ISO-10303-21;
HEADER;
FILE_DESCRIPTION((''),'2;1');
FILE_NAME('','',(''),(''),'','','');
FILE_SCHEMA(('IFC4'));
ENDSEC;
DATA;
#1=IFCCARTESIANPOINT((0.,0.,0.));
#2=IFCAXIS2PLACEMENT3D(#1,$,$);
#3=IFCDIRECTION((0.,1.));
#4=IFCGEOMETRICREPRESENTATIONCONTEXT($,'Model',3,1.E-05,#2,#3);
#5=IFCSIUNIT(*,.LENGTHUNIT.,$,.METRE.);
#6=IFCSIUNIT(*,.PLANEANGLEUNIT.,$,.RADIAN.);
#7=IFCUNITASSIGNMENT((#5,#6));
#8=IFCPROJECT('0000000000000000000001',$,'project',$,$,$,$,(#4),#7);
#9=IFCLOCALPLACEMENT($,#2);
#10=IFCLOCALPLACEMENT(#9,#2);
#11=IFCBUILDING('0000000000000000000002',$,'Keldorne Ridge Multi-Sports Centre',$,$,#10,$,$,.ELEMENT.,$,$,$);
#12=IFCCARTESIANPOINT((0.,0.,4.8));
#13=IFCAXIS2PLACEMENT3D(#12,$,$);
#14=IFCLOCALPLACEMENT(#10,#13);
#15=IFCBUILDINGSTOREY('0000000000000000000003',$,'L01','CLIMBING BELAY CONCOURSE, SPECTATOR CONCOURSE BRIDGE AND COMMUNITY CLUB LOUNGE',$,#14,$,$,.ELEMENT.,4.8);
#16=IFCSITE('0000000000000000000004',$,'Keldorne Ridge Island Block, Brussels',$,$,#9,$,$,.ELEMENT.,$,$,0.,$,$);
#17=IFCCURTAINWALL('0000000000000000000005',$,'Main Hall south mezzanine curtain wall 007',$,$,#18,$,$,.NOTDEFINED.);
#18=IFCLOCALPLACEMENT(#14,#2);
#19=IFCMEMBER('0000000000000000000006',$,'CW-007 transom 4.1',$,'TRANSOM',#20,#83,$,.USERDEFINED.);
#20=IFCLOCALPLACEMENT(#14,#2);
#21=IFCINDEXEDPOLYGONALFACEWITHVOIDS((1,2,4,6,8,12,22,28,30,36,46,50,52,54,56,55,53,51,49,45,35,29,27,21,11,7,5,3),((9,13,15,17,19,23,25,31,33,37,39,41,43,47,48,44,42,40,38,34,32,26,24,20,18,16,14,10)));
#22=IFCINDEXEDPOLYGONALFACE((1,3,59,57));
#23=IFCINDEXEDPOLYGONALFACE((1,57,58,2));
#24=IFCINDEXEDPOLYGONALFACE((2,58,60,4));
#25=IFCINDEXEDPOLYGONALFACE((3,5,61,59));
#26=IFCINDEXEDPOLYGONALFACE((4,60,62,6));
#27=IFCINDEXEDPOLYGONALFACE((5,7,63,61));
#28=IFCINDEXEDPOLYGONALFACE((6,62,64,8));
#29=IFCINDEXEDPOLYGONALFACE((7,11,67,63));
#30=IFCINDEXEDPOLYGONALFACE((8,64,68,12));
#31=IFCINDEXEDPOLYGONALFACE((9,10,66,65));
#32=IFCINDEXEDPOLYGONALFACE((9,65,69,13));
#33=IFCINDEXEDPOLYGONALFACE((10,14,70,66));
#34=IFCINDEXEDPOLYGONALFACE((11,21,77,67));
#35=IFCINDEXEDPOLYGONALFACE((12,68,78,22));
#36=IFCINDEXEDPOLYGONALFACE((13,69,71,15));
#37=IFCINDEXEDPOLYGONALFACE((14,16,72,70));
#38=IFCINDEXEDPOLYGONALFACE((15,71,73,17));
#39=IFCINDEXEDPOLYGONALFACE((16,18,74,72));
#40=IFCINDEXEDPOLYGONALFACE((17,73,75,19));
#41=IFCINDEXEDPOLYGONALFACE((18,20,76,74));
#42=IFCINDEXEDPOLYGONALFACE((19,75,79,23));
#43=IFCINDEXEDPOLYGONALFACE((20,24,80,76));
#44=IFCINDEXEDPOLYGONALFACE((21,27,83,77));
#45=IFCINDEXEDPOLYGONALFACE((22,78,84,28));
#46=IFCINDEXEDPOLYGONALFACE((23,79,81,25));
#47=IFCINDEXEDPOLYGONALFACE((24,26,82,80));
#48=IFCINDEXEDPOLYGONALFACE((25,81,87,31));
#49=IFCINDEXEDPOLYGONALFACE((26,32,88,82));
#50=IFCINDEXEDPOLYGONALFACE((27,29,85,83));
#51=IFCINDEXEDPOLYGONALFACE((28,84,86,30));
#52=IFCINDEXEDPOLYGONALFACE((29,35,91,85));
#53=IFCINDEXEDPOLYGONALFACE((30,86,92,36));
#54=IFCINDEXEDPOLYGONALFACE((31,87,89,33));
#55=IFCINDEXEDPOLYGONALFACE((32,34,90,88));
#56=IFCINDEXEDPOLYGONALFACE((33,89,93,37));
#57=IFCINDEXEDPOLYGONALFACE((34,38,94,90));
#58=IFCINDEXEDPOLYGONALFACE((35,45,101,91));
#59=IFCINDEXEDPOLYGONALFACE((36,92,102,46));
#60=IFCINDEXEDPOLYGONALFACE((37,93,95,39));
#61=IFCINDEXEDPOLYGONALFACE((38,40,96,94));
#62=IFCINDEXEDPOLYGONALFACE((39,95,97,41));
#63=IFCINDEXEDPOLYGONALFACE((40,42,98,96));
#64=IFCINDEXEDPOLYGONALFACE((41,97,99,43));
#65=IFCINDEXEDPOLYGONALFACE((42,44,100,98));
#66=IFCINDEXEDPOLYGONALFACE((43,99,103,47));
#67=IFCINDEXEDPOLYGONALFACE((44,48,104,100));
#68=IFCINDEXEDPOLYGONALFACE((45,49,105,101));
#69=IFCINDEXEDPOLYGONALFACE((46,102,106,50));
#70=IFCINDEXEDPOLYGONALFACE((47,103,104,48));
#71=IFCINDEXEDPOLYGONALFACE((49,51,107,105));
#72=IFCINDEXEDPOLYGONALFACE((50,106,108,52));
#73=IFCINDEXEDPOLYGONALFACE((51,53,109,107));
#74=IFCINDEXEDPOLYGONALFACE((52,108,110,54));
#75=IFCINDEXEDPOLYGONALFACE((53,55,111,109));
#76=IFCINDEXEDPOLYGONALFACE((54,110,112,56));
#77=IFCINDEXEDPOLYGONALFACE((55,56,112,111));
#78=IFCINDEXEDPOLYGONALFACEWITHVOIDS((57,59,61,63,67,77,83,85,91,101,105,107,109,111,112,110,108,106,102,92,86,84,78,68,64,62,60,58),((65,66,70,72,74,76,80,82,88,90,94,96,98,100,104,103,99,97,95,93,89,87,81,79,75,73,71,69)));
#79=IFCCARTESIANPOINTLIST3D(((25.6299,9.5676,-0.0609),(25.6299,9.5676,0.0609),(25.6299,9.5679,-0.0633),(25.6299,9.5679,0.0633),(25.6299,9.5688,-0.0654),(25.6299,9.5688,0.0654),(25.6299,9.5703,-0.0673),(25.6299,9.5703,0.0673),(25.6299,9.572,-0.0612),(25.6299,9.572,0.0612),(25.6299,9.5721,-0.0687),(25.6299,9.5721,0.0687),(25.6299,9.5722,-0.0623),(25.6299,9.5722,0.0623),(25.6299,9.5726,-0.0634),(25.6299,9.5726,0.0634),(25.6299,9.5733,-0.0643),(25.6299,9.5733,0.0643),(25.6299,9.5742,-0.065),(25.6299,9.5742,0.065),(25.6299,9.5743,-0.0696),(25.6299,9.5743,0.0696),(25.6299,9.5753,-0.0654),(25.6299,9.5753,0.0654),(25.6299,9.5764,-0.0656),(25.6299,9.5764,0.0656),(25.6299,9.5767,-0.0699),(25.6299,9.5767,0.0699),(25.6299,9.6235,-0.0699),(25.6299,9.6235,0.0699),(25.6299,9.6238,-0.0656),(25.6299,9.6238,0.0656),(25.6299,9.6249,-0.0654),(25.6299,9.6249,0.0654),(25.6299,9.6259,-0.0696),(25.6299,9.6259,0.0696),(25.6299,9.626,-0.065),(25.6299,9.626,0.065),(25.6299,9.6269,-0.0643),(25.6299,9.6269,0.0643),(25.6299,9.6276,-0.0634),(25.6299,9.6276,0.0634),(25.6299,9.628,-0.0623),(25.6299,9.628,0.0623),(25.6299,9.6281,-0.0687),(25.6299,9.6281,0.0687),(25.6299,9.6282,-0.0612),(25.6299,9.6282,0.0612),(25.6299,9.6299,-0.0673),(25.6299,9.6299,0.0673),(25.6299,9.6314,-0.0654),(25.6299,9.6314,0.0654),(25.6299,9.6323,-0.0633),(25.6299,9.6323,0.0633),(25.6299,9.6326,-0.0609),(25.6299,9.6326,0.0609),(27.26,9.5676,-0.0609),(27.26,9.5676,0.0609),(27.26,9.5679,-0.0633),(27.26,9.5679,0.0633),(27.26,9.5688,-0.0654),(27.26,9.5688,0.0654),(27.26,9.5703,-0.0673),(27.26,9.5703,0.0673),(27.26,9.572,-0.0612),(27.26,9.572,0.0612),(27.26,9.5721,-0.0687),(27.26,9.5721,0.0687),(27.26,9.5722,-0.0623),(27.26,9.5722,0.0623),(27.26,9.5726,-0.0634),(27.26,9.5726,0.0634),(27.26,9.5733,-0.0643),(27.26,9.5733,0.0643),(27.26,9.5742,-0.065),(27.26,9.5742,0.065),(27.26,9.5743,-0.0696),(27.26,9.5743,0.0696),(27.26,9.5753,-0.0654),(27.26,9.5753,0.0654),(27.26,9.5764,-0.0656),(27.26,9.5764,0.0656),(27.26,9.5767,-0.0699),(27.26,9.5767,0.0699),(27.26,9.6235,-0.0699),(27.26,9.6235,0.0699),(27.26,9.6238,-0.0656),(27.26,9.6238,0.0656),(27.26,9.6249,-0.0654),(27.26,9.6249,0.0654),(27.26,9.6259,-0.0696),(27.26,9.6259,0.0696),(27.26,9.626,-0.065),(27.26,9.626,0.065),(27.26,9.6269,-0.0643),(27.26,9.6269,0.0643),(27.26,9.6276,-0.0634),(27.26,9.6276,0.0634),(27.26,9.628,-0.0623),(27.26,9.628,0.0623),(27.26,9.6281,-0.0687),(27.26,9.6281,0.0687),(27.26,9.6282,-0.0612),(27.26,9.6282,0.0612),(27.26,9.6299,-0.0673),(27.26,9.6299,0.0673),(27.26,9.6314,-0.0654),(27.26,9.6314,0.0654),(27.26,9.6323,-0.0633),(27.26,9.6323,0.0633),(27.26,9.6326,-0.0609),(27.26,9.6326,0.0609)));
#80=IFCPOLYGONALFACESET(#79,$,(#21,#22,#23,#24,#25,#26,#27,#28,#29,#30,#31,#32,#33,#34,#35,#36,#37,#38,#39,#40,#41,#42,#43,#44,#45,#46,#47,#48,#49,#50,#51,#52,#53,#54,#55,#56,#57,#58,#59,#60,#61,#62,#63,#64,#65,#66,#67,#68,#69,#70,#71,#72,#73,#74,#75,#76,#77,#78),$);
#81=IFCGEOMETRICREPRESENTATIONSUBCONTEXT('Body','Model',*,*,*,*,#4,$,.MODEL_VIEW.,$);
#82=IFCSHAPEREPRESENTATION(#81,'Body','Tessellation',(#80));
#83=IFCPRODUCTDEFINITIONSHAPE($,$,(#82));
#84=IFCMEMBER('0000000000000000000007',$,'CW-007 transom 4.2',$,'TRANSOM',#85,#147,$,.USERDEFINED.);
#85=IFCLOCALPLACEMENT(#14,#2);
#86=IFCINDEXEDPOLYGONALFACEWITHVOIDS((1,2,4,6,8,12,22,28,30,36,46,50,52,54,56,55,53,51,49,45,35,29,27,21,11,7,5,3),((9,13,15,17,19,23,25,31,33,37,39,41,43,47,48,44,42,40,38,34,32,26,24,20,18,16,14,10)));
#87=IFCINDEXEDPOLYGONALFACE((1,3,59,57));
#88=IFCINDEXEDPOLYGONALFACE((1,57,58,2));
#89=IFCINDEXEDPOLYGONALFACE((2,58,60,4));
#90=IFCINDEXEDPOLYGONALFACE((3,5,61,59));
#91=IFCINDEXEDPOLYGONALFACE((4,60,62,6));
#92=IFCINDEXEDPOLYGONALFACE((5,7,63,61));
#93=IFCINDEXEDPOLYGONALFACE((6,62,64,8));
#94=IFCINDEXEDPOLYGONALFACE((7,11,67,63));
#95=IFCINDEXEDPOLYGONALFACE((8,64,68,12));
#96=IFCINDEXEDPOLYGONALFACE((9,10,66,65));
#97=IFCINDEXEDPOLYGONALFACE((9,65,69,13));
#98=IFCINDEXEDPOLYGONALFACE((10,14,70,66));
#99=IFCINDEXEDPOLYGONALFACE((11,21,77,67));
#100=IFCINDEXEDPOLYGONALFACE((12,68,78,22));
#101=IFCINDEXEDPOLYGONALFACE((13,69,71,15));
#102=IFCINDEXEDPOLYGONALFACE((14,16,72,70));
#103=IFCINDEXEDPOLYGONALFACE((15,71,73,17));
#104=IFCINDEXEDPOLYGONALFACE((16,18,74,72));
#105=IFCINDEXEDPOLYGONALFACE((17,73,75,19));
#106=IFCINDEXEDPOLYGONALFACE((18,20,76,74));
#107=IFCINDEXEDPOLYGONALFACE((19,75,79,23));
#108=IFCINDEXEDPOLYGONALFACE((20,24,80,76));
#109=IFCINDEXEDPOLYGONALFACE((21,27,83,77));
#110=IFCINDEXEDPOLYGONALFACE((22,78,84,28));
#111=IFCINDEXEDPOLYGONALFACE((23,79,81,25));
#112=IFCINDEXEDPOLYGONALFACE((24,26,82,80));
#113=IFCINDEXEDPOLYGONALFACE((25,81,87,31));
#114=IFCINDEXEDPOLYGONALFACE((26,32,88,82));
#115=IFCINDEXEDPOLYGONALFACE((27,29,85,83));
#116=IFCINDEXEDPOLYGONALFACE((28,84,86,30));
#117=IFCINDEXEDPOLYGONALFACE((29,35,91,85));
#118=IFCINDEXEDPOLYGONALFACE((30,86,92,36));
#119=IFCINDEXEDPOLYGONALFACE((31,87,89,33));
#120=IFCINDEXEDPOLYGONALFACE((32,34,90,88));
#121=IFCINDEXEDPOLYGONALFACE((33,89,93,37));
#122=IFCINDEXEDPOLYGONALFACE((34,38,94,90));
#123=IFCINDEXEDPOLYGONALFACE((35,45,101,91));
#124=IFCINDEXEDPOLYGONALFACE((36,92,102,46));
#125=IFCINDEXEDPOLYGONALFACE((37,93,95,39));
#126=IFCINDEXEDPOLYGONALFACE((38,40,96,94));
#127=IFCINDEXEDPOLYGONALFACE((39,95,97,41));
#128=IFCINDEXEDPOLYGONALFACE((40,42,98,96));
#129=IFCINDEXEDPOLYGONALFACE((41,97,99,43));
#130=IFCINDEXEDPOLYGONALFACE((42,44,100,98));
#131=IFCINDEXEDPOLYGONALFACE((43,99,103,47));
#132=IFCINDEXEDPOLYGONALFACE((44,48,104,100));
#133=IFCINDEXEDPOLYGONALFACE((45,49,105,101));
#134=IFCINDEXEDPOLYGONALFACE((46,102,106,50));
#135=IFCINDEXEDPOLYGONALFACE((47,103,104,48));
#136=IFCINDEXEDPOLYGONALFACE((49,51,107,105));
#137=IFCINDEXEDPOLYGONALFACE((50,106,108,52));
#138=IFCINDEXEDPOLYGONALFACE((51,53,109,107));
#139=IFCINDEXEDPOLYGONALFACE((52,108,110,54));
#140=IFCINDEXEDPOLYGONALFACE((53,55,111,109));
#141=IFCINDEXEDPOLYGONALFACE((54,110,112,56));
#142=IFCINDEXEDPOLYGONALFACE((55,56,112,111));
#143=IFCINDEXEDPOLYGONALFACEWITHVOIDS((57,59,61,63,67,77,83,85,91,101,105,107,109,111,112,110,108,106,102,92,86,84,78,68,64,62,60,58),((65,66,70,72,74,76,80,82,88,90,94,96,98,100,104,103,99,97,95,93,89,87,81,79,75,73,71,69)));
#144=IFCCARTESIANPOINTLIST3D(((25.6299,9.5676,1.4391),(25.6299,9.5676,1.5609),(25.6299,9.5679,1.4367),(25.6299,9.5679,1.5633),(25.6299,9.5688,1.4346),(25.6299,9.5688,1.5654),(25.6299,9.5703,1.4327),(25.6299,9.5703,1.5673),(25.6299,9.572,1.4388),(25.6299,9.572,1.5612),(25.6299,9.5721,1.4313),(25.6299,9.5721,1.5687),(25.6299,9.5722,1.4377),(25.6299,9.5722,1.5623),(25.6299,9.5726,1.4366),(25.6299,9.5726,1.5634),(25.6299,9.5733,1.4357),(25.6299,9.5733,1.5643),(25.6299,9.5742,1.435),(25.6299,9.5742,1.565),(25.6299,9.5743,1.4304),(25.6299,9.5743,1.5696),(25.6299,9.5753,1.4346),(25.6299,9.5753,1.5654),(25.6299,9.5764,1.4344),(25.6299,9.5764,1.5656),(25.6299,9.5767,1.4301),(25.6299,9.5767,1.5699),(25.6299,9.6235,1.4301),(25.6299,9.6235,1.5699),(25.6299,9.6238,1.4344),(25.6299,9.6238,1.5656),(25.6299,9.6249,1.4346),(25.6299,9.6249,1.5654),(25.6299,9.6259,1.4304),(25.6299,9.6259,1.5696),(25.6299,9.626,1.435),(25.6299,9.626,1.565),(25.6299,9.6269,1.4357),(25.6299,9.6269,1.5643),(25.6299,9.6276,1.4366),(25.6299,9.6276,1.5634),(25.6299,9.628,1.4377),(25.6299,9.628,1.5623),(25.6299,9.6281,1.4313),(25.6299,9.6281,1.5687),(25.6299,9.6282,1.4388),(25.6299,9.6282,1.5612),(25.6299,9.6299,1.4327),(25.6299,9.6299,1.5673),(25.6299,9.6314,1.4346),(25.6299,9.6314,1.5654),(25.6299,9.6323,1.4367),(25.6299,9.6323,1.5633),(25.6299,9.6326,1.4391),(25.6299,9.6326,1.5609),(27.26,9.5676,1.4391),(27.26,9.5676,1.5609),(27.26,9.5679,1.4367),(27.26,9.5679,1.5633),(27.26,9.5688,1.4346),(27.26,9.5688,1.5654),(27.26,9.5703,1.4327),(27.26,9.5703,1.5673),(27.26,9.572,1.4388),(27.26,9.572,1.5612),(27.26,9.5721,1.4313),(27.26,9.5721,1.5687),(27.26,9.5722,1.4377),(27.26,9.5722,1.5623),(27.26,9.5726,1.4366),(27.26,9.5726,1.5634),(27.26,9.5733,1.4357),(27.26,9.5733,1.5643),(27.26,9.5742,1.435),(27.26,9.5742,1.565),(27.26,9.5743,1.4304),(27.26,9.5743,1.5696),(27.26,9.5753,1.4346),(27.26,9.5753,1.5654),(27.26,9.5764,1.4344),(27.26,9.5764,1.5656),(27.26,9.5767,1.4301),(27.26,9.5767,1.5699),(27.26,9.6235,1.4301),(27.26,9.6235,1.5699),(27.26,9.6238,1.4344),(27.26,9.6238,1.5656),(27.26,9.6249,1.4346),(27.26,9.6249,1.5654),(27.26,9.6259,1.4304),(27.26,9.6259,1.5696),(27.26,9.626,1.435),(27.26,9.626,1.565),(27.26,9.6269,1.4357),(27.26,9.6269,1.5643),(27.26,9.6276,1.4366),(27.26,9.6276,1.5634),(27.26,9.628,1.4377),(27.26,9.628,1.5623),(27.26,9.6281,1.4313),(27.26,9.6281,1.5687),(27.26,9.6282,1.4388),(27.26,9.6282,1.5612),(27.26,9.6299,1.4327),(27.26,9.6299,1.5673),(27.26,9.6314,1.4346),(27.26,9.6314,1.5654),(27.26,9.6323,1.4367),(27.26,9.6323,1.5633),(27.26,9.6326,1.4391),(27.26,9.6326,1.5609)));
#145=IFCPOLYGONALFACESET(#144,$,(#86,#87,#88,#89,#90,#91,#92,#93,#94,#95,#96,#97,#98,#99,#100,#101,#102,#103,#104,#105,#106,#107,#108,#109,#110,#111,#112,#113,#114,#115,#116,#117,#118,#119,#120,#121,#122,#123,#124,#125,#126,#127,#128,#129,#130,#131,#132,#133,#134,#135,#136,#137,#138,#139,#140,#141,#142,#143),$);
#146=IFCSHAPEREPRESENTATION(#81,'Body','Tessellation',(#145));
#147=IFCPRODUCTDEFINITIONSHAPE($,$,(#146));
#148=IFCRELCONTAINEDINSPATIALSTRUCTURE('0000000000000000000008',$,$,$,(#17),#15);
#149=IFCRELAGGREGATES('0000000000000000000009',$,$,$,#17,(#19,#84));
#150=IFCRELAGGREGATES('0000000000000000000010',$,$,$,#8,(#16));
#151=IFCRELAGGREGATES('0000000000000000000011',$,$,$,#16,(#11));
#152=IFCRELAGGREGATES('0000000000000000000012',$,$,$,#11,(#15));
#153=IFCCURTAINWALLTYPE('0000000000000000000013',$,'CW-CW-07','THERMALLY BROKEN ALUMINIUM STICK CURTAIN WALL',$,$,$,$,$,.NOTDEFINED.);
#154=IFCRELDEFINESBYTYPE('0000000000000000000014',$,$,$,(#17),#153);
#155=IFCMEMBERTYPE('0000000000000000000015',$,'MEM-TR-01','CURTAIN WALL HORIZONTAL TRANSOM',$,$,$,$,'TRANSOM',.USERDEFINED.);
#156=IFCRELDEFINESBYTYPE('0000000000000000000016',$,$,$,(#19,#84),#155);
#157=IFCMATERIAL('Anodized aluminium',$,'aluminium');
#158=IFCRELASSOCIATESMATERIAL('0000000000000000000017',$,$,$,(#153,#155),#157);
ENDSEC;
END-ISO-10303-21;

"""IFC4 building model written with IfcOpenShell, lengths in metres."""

from ifc_helpers import new_model, si_unit, direction, frame, origin, origin_2d, place, context, subcontext, project, spatial, hollow_rectangle, extrude, material, material_profile, profile_set, type_object, element, aggregate, save


model = new_model("IFC4")

# Units and contexts
model_context = context("Model", 3, precision=1e-05, world=origin(), true_north=direction((0.0, 1.0)))
body_context = subcontext(model_context, "Body", "Model", "MODEL_VIEW")
ifc_project = project(units=[si_unit("LENGTHUNIT", "METRE"), si_unit("PLANEANGLEUNIT", "RADIAN")], contexts=[model_context])

# Site, building, storey
site_placement = place(None, origin())
site = spatial("IfcSite", under=ifc_project, at=site_placement, Name="Keldorne Ridge Island Block, Brussels", CompositionType="ELEMENT", RefElevation=0.0)
building_placement = place(site_placement, origin())
building = spatial("IfcBuilding", under=site, at=building_placement, Name="Keldorne Ridge Multi-Sports Centre", CompositionType="ELEMENT")
storey_placement = place(building_placement, frame((0.0, 0.0, 4.8)))
storey = spatial("IfcBuildingStorey", under=building, at=storey_placement, Name="L01", Description="CLIMBING BELAY CONCOURSE, SPECTATOR CONCOURSE BRIDGE AND COMMUNITY CLUB LOUNGE", CompositionType="ELEMENT", Elevation=4.8)

# Curtain wall
ifc_material_1 = material(Name="Anodized aluminium", Category="aluminium")
curtain_wall_type_1 = type_object("IfcCurtainWallType", Name="CW-CW-07", Description="THERMALLY BROKEN ALUMINIUM STICK CURTAIN WALL", PredefinedType="NOTDEFINED", material=ifc_material_1)
curtain_wall_1_placement = place(storey_placement, origin())
curtain_wall_1 = element("IfcCurtainWall", 1, at=curtain_wall_1_placement, inside=storey, type_object=curtain_wall_type_1, Name="Main Hall south mezzanine curtain wall 007", PredefinedType="NOTDEFINED")

# Members
ifc_material_profile_1 = material_profile(ifc_material_1, hollow_rectangle(XDim=0.0649, YDim=0.1399, WallThickness=0.0044, InnerFilletRadius=0.0044, OuterFilletRadius=0.009, at=origin_2d()), Name="ALU TRANSOM 140x65x4.5")
ifc_profile_set_1 = profile_set([ifc_material_profile_1], Name="Anodized aluminium")
member_type_1 = type_object("IfcMemberType", Name="MEM-TR-01", Description="CURTAIN WALL HORIZONTAL TRANSOM", ElementType="TRANSOM", PredefinedType="USERDEFINED", material=ifc_profile_set_1)
member_1_placement = place(storey_placement, frame((25.6299, 9.6001, 0.0), z_axis=(1.0, 0.0, 0.0), x_axis=(0.0, 1.0, 0.0)))
member_1 = element("IfcMember", 2, at=member_1_placement, type_object=member_type_1, Name="CW-007 transom 4.1", ObjectType="TRANSOM", PredefinedType="USERDEFINED", context=body_context, shape_type="SweptSolid", body=[
    extrude(hollow_rectangle(XDim=0.0649, YDim=0.1399, WallThickness=0.0044, InnerFilletRadius=0.0044, OuterFilletRadius=0.009, at=origin_2d()), origin(), (0.0, 0.0, 1.0), 1.6301),
])
member_2_placement = place(storey_placement, frame((25.6299, 9.6001, 1.5), z_axis=(1.0, 0.0, 0.0), x_axis=(0.0, 1.0, 0.0)))
member_2 = element("IfcMember", 3, at=member_2_placement, type_object=member_type_1, Name="CW-007 transom 4.2", ObjectType="TRANSOM", PredefinedType="USERDEFINED", context=body_context, shape_type="SweptSolid", body=[
    extrude(hollow_rectangle(XDim=0.0649, YDim=0.1399, WallThickness=0.0044, InnerFilletRadius=0.0044, OuterFilletRadius=0.009, at=origin_2d()), origin(), (0.0, 0.0, 1.0), 1.6301),
])

aggregate(curtain_wall_1, [member_1, member_2])

save(model, "model.ifc")
